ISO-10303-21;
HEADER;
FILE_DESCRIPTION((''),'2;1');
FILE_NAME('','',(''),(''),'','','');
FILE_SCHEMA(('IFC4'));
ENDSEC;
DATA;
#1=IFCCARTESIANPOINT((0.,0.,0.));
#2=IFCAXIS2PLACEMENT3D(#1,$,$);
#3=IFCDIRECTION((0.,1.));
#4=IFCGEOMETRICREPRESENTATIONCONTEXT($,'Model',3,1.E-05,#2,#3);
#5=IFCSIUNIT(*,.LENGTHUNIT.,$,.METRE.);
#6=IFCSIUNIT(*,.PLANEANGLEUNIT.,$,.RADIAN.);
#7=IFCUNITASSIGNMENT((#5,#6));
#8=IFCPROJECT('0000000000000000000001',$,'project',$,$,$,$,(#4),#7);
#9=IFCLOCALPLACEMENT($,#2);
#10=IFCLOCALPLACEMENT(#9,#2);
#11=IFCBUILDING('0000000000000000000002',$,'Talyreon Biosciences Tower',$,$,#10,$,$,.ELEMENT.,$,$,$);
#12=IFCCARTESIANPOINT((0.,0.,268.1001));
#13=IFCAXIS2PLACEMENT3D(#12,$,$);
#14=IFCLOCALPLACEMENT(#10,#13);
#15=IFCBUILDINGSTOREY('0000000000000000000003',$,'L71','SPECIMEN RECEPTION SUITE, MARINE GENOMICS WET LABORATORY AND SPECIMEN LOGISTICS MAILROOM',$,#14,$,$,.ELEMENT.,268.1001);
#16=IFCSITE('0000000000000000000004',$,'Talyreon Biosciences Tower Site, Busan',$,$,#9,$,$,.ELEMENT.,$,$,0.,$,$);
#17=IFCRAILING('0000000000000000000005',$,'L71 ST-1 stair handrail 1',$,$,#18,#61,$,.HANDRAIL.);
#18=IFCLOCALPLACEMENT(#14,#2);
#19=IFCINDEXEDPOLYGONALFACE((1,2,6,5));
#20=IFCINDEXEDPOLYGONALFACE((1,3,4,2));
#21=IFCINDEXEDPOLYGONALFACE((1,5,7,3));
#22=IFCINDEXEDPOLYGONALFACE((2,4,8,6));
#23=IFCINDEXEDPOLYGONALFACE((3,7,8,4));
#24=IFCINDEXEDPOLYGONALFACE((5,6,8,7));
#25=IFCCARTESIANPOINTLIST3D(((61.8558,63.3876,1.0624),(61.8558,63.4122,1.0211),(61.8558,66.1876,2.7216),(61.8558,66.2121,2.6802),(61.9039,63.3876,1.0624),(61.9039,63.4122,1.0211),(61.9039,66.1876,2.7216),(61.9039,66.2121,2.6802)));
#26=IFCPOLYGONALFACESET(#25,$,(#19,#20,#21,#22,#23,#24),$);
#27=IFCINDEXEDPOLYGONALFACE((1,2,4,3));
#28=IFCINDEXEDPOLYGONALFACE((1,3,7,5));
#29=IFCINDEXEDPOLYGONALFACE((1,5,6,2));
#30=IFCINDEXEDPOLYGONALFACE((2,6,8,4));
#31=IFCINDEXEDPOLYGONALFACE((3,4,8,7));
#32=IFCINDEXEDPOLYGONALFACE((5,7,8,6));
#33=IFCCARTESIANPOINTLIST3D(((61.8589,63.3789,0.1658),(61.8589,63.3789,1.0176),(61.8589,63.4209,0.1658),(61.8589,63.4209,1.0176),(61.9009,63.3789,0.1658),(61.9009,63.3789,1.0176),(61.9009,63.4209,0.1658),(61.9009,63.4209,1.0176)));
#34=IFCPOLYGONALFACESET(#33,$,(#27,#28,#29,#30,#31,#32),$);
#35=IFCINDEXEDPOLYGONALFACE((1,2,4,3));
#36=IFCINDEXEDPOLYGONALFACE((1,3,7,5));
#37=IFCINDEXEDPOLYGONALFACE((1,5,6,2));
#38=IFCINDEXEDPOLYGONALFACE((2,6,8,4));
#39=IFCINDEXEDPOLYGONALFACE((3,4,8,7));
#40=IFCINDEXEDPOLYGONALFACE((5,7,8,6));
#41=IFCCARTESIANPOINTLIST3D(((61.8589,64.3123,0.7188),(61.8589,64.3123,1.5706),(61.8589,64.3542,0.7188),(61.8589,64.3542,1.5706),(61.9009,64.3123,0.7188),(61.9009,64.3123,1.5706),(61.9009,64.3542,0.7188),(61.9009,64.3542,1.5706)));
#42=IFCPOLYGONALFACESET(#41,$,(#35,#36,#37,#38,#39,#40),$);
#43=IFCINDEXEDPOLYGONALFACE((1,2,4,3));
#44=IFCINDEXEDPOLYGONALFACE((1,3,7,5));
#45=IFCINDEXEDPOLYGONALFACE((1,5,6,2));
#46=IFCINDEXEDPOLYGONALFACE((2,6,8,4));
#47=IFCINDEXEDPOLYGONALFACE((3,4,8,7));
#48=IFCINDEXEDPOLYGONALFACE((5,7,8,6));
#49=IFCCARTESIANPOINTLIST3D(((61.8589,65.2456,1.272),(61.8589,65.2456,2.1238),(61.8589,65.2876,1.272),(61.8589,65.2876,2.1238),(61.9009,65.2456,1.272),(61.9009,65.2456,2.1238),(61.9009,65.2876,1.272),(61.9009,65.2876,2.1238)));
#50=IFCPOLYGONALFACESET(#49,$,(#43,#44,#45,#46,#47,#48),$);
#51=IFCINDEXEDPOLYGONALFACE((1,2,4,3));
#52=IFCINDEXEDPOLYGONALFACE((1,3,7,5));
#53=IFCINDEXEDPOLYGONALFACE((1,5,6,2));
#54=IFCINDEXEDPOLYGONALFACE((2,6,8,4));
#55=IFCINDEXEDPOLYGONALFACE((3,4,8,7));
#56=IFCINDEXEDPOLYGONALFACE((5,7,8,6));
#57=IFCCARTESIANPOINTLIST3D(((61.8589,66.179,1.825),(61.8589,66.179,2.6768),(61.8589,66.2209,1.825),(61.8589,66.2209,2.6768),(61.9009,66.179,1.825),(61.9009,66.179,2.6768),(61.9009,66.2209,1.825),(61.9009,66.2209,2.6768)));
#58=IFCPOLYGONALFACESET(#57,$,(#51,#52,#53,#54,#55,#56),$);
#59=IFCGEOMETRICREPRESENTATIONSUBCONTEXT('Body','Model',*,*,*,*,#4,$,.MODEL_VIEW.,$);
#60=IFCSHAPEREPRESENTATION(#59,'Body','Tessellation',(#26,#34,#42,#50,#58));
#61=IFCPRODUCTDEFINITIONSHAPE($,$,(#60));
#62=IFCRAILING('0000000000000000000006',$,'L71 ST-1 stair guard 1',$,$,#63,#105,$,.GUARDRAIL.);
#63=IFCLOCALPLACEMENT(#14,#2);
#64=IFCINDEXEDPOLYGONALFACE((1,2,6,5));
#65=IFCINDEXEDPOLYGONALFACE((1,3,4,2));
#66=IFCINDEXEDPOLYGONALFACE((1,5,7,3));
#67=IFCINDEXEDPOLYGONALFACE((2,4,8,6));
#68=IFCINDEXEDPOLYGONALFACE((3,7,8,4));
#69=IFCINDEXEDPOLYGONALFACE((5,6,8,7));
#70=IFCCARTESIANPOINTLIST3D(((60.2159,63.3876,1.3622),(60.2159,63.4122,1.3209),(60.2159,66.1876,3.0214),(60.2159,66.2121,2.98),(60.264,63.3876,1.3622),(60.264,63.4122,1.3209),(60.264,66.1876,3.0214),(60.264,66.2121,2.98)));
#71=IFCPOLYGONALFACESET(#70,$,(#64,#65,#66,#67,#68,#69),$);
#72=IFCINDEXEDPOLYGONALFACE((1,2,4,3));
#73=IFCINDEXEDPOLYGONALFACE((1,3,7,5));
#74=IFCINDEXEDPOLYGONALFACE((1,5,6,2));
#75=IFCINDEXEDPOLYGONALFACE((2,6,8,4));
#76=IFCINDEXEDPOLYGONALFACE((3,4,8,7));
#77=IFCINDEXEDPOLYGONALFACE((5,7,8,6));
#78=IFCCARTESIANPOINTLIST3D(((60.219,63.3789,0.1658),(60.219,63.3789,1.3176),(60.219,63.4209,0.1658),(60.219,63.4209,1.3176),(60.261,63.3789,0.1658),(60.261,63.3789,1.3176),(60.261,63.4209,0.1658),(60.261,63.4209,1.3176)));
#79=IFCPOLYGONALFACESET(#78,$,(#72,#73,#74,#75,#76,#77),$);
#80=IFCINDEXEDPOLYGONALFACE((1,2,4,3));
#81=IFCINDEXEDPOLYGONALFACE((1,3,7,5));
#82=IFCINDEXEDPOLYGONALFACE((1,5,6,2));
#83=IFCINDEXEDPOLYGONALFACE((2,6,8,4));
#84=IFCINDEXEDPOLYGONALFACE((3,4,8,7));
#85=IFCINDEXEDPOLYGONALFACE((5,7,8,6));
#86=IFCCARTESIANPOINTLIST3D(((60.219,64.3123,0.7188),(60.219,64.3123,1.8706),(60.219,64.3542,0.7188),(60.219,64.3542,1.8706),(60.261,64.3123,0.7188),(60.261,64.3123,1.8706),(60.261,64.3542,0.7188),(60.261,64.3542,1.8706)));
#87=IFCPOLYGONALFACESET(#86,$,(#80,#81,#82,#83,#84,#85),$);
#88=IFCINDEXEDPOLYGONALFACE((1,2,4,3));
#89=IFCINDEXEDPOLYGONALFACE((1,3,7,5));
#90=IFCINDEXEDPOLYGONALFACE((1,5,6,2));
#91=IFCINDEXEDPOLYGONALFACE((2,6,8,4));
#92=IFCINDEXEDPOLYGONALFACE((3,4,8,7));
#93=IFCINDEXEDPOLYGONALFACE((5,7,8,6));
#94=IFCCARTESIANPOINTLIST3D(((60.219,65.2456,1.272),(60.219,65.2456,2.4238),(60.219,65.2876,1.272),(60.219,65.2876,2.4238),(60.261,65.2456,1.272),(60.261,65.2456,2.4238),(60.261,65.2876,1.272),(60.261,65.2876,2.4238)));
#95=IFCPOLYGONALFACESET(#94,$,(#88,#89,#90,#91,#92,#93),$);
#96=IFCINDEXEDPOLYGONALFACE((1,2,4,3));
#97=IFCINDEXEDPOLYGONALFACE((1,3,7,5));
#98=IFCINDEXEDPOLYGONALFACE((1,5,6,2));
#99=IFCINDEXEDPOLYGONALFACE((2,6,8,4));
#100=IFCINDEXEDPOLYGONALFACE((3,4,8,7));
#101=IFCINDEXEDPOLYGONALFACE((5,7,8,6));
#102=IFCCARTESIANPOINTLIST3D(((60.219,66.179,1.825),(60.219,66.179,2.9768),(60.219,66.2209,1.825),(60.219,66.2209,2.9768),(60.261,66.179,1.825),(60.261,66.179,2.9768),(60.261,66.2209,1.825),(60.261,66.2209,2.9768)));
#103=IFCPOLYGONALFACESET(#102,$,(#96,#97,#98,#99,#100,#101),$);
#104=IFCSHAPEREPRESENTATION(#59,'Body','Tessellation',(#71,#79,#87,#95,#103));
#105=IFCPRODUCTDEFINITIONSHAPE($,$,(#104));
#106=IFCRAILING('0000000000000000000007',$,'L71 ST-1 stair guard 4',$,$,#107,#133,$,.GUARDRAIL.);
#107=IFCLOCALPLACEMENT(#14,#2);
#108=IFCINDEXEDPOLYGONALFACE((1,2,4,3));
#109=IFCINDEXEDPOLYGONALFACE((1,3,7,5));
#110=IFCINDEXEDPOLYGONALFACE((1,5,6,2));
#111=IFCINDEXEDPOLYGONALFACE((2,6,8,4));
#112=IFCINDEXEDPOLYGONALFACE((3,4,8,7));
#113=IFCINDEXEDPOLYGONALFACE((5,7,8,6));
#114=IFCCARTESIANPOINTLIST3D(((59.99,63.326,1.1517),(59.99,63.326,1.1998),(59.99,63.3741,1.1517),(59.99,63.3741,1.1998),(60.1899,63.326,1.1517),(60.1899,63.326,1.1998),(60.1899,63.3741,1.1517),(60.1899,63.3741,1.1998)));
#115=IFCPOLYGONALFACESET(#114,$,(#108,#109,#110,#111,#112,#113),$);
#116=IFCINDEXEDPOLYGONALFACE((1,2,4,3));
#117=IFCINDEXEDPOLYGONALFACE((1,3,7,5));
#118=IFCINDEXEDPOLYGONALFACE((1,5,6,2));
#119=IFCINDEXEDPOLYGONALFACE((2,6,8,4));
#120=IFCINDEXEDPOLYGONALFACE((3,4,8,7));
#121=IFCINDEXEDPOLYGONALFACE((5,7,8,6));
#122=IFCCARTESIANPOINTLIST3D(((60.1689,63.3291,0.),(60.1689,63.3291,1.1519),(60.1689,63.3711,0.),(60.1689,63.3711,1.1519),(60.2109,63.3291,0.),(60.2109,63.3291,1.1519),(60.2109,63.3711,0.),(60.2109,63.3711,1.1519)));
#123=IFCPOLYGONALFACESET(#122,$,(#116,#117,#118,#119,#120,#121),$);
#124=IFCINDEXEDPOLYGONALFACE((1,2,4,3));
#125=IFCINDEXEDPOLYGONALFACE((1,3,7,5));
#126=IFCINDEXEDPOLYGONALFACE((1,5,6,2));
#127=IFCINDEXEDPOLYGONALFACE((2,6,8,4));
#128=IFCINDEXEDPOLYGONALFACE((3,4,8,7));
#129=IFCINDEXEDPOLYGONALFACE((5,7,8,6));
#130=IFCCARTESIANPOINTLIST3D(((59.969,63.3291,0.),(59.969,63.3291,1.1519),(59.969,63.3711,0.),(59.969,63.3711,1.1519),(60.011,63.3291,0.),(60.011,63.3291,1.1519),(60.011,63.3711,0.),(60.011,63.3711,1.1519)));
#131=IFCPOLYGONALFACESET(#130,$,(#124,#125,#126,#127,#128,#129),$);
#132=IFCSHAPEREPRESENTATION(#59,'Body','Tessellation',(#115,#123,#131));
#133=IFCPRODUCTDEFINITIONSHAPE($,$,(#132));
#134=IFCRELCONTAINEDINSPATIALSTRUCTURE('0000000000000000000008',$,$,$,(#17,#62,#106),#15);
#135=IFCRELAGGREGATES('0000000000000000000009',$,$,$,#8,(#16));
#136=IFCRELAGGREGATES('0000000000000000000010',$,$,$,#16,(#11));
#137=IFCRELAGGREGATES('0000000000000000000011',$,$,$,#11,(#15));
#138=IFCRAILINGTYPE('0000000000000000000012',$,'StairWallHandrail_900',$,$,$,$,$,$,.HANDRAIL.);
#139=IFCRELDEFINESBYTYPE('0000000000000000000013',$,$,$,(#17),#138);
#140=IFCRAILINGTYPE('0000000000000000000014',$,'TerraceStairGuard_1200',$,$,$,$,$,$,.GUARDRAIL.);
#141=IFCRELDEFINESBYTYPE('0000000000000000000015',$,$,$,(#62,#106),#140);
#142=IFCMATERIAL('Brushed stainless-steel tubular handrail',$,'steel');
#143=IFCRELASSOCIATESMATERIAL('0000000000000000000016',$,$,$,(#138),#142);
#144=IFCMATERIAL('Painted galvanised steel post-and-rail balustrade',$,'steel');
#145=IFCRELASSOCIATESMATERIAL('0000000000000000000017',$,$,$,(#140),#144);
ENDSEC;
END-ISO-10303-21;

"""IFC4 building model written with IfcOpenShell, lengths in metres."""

from ifc_helpers import new_model, si_unit, direction, frame, origin, origin_2d, place, context, subcontext, project, spatial, rectangle, extrude, material, type_object, element, save


model = new_model("IFC4")

# Units and contexts
model_context = context("Model", 3, precision=1e-05, world=origin(), true_north=direction((0.0, 1.0)))
body_context = subcontext(model_context, "Body", "Model", "MODEL_VIEW")
ifc_project = project(units=[si_unit("LENGTHUNIT", "METRE"), si_unit("PLANEANGLEUNIT", "RADIAN")], contexts=[model_context])

# Site, building, storey
site_placement = place(None, origin())
site = spatial("IfcSite", under=ifc_project, at=site_placement, Name="Talyreon Biosciences Tower Site, Busan", CompositionType="ELEMENT", RefElevation=0.0)
building_placement = place(site_placement, origin())
building = spatial("IfcBuilding", under=site, at=building_placement, Name="Talyreon Biosciences Tower", CompositionType="ELEMENT")
storey_placement = place(building_placement, frame((0.0, 0.0, 268.1001)))
storey = spatial("IfcBuildingStorey", under=building, at=storey_placement, Name="L71", Description="SPECIMEN RECEPTION SUITE, MARINE GENOMICS WET LABORATORY AND SPECIMEN LOGISTICS MAILROOM", CompositionType="ELEMENT", Elevation=268.1001)

# Railings
ifc_material_1 = material(Name="Brushed stainless-steel tubular handrail", Category="steel")
railing_type_1 = type_object("IfcRailingType", Name="StairWallHandrail_900", PredefinedType="HANDRAIL", material=ifc_material_1)
railing_1_placement = place(storey_placement, frame((61.8799, 63.3999, 0.1658)))
element("IfcRailing", 1, at=railing_1_placement, inside=storey, type_object=railing_type_1, Name="L71 ST-1 stair handrail 1", PredefinedType="HANDRAIL", context=body_context, shape_type="SweptSolid", body=[
    extrude(rectangle(XDim=0.0481, YDim=0.0481, at=origin_2d()), frame((0.0, 0.0, 0.876), z_axis=(0.0, 0.860306, 0.509778), x_axis=(-1.0, 0.0, 0.0)), (0.0, 0.0, 1.0), 3.2546),
    extrude(rectangle(XDim=0.042, YDim=0.042, at=origin_2d()), origin(), (0.0, 0.0, 1.0), 0.8518),
    extrude(rectangle(XDim=0.042, YDim=0.042, at=origin_2d()), frame((0.0, 0.9333, 0.553)), (0.0, 0.0, 1.0), 0.8518),
    extrude(rectangle(XDim=0.042, YDim=0.042, at=origin_2d()), frame((0.0, 1.8667, 1.1062)), (0.0, 0.0, 1.0), 0.8518),
    extrude(rectangle(XDim=0.042, YDim=0.042, at=origin_2d()), frame((0.0, 2.8, 1.6592)), (0.0, 0.0, 1.0), 0.8518),
])
ifc_material_2 = material(Name="Painted galvanised steel post-and-rail balustrade", Category="steel")
railing_type_2 = type_object("IfcRailingType", Name="TerraceStairGuard_1200", PredefinedType="GUARDRAIL", material=ifc_material_2)
railing_2_placement = place(storey_placement, frame((60.24, 63.3999, 0.1658)))
element("IfcRailing", 2, at=railing_2_placement, inside=storey, type_object=railing_type_2, Name="L71 ST-1 stair guard 1", PredefinedType="GUARDRAIL", context=body_context, shape_type="SweptSolid", body=[
    extrude(rectangle(XDim=0.0481, YDim=0.0481, at=origin_2d()), frame((0.0, 0.0, 1.1758), z_axis=(0.0, 0.860306, 0.509778), x_axis=(-1.0, 0.0, 0.0)), (0.0, 0.0, 1.0), 3.2546),
    extrude(rectangle(XDim=0.042, YDim=0.042, at=origin_2d()), origin(), (0.0, 0.0, 1.0), 1.1519),
    extrude(rectangle(XDim=0.042, YDim=0.042, at=origin_2d()), frame((0.0, 0.9333, 0.553)), (0.0, 0.0, 1.0), 1.1519),
    extrude(rectangle(XDim=0.042, YDim=0.042, at=origin_2d()), frame((0.0, 1.8667, 1.1062)), (0.0, 0.0, 1.0), 1.1519),
    extrude(rectangle(XDim=0.042, YDim=0.042, at=origin_2d()), frame((0.0, 2.8, 1.6592)), (0.0, 0.0, 1.0), 1.1519),
])
railing_3_placement = place(storey_placement, frame((60.1899, 63.3501, 0.0)))
element("IfcRailing", 3, at=railing_3_placement, inside=storey, type_object=railing_type_2, Name="L71 ST-1 stair guard 4", PredefinedType="GUARDRAIL", context=body_context, shape_type="SweptSolid", body=[
    extrude(rectangle(XDim=0.0481, YDim=0.0481, at=origin_2d()), frame((0.0, 0.0, 1.1758), z_axis=(-1.0, 0.0, 0.0), x_axis=(0.0, -1.0, 0.0)), (0.0, 0.0, 1.0), 0.2),
    extrude(rectangle(XDim=0.042, YDim=0.042, at=origin_2d()), origin(), (0.0, 0.0, 1.0), 1.1519),
    extrude(rectangle(XDim=0.042, YDim=0.042, at=origin_2d()), frame((-0.2, 0.0, 0.0)), (0.0, 0.0, 1.0), 1.1519),
])

save(model, "model.ifc")
